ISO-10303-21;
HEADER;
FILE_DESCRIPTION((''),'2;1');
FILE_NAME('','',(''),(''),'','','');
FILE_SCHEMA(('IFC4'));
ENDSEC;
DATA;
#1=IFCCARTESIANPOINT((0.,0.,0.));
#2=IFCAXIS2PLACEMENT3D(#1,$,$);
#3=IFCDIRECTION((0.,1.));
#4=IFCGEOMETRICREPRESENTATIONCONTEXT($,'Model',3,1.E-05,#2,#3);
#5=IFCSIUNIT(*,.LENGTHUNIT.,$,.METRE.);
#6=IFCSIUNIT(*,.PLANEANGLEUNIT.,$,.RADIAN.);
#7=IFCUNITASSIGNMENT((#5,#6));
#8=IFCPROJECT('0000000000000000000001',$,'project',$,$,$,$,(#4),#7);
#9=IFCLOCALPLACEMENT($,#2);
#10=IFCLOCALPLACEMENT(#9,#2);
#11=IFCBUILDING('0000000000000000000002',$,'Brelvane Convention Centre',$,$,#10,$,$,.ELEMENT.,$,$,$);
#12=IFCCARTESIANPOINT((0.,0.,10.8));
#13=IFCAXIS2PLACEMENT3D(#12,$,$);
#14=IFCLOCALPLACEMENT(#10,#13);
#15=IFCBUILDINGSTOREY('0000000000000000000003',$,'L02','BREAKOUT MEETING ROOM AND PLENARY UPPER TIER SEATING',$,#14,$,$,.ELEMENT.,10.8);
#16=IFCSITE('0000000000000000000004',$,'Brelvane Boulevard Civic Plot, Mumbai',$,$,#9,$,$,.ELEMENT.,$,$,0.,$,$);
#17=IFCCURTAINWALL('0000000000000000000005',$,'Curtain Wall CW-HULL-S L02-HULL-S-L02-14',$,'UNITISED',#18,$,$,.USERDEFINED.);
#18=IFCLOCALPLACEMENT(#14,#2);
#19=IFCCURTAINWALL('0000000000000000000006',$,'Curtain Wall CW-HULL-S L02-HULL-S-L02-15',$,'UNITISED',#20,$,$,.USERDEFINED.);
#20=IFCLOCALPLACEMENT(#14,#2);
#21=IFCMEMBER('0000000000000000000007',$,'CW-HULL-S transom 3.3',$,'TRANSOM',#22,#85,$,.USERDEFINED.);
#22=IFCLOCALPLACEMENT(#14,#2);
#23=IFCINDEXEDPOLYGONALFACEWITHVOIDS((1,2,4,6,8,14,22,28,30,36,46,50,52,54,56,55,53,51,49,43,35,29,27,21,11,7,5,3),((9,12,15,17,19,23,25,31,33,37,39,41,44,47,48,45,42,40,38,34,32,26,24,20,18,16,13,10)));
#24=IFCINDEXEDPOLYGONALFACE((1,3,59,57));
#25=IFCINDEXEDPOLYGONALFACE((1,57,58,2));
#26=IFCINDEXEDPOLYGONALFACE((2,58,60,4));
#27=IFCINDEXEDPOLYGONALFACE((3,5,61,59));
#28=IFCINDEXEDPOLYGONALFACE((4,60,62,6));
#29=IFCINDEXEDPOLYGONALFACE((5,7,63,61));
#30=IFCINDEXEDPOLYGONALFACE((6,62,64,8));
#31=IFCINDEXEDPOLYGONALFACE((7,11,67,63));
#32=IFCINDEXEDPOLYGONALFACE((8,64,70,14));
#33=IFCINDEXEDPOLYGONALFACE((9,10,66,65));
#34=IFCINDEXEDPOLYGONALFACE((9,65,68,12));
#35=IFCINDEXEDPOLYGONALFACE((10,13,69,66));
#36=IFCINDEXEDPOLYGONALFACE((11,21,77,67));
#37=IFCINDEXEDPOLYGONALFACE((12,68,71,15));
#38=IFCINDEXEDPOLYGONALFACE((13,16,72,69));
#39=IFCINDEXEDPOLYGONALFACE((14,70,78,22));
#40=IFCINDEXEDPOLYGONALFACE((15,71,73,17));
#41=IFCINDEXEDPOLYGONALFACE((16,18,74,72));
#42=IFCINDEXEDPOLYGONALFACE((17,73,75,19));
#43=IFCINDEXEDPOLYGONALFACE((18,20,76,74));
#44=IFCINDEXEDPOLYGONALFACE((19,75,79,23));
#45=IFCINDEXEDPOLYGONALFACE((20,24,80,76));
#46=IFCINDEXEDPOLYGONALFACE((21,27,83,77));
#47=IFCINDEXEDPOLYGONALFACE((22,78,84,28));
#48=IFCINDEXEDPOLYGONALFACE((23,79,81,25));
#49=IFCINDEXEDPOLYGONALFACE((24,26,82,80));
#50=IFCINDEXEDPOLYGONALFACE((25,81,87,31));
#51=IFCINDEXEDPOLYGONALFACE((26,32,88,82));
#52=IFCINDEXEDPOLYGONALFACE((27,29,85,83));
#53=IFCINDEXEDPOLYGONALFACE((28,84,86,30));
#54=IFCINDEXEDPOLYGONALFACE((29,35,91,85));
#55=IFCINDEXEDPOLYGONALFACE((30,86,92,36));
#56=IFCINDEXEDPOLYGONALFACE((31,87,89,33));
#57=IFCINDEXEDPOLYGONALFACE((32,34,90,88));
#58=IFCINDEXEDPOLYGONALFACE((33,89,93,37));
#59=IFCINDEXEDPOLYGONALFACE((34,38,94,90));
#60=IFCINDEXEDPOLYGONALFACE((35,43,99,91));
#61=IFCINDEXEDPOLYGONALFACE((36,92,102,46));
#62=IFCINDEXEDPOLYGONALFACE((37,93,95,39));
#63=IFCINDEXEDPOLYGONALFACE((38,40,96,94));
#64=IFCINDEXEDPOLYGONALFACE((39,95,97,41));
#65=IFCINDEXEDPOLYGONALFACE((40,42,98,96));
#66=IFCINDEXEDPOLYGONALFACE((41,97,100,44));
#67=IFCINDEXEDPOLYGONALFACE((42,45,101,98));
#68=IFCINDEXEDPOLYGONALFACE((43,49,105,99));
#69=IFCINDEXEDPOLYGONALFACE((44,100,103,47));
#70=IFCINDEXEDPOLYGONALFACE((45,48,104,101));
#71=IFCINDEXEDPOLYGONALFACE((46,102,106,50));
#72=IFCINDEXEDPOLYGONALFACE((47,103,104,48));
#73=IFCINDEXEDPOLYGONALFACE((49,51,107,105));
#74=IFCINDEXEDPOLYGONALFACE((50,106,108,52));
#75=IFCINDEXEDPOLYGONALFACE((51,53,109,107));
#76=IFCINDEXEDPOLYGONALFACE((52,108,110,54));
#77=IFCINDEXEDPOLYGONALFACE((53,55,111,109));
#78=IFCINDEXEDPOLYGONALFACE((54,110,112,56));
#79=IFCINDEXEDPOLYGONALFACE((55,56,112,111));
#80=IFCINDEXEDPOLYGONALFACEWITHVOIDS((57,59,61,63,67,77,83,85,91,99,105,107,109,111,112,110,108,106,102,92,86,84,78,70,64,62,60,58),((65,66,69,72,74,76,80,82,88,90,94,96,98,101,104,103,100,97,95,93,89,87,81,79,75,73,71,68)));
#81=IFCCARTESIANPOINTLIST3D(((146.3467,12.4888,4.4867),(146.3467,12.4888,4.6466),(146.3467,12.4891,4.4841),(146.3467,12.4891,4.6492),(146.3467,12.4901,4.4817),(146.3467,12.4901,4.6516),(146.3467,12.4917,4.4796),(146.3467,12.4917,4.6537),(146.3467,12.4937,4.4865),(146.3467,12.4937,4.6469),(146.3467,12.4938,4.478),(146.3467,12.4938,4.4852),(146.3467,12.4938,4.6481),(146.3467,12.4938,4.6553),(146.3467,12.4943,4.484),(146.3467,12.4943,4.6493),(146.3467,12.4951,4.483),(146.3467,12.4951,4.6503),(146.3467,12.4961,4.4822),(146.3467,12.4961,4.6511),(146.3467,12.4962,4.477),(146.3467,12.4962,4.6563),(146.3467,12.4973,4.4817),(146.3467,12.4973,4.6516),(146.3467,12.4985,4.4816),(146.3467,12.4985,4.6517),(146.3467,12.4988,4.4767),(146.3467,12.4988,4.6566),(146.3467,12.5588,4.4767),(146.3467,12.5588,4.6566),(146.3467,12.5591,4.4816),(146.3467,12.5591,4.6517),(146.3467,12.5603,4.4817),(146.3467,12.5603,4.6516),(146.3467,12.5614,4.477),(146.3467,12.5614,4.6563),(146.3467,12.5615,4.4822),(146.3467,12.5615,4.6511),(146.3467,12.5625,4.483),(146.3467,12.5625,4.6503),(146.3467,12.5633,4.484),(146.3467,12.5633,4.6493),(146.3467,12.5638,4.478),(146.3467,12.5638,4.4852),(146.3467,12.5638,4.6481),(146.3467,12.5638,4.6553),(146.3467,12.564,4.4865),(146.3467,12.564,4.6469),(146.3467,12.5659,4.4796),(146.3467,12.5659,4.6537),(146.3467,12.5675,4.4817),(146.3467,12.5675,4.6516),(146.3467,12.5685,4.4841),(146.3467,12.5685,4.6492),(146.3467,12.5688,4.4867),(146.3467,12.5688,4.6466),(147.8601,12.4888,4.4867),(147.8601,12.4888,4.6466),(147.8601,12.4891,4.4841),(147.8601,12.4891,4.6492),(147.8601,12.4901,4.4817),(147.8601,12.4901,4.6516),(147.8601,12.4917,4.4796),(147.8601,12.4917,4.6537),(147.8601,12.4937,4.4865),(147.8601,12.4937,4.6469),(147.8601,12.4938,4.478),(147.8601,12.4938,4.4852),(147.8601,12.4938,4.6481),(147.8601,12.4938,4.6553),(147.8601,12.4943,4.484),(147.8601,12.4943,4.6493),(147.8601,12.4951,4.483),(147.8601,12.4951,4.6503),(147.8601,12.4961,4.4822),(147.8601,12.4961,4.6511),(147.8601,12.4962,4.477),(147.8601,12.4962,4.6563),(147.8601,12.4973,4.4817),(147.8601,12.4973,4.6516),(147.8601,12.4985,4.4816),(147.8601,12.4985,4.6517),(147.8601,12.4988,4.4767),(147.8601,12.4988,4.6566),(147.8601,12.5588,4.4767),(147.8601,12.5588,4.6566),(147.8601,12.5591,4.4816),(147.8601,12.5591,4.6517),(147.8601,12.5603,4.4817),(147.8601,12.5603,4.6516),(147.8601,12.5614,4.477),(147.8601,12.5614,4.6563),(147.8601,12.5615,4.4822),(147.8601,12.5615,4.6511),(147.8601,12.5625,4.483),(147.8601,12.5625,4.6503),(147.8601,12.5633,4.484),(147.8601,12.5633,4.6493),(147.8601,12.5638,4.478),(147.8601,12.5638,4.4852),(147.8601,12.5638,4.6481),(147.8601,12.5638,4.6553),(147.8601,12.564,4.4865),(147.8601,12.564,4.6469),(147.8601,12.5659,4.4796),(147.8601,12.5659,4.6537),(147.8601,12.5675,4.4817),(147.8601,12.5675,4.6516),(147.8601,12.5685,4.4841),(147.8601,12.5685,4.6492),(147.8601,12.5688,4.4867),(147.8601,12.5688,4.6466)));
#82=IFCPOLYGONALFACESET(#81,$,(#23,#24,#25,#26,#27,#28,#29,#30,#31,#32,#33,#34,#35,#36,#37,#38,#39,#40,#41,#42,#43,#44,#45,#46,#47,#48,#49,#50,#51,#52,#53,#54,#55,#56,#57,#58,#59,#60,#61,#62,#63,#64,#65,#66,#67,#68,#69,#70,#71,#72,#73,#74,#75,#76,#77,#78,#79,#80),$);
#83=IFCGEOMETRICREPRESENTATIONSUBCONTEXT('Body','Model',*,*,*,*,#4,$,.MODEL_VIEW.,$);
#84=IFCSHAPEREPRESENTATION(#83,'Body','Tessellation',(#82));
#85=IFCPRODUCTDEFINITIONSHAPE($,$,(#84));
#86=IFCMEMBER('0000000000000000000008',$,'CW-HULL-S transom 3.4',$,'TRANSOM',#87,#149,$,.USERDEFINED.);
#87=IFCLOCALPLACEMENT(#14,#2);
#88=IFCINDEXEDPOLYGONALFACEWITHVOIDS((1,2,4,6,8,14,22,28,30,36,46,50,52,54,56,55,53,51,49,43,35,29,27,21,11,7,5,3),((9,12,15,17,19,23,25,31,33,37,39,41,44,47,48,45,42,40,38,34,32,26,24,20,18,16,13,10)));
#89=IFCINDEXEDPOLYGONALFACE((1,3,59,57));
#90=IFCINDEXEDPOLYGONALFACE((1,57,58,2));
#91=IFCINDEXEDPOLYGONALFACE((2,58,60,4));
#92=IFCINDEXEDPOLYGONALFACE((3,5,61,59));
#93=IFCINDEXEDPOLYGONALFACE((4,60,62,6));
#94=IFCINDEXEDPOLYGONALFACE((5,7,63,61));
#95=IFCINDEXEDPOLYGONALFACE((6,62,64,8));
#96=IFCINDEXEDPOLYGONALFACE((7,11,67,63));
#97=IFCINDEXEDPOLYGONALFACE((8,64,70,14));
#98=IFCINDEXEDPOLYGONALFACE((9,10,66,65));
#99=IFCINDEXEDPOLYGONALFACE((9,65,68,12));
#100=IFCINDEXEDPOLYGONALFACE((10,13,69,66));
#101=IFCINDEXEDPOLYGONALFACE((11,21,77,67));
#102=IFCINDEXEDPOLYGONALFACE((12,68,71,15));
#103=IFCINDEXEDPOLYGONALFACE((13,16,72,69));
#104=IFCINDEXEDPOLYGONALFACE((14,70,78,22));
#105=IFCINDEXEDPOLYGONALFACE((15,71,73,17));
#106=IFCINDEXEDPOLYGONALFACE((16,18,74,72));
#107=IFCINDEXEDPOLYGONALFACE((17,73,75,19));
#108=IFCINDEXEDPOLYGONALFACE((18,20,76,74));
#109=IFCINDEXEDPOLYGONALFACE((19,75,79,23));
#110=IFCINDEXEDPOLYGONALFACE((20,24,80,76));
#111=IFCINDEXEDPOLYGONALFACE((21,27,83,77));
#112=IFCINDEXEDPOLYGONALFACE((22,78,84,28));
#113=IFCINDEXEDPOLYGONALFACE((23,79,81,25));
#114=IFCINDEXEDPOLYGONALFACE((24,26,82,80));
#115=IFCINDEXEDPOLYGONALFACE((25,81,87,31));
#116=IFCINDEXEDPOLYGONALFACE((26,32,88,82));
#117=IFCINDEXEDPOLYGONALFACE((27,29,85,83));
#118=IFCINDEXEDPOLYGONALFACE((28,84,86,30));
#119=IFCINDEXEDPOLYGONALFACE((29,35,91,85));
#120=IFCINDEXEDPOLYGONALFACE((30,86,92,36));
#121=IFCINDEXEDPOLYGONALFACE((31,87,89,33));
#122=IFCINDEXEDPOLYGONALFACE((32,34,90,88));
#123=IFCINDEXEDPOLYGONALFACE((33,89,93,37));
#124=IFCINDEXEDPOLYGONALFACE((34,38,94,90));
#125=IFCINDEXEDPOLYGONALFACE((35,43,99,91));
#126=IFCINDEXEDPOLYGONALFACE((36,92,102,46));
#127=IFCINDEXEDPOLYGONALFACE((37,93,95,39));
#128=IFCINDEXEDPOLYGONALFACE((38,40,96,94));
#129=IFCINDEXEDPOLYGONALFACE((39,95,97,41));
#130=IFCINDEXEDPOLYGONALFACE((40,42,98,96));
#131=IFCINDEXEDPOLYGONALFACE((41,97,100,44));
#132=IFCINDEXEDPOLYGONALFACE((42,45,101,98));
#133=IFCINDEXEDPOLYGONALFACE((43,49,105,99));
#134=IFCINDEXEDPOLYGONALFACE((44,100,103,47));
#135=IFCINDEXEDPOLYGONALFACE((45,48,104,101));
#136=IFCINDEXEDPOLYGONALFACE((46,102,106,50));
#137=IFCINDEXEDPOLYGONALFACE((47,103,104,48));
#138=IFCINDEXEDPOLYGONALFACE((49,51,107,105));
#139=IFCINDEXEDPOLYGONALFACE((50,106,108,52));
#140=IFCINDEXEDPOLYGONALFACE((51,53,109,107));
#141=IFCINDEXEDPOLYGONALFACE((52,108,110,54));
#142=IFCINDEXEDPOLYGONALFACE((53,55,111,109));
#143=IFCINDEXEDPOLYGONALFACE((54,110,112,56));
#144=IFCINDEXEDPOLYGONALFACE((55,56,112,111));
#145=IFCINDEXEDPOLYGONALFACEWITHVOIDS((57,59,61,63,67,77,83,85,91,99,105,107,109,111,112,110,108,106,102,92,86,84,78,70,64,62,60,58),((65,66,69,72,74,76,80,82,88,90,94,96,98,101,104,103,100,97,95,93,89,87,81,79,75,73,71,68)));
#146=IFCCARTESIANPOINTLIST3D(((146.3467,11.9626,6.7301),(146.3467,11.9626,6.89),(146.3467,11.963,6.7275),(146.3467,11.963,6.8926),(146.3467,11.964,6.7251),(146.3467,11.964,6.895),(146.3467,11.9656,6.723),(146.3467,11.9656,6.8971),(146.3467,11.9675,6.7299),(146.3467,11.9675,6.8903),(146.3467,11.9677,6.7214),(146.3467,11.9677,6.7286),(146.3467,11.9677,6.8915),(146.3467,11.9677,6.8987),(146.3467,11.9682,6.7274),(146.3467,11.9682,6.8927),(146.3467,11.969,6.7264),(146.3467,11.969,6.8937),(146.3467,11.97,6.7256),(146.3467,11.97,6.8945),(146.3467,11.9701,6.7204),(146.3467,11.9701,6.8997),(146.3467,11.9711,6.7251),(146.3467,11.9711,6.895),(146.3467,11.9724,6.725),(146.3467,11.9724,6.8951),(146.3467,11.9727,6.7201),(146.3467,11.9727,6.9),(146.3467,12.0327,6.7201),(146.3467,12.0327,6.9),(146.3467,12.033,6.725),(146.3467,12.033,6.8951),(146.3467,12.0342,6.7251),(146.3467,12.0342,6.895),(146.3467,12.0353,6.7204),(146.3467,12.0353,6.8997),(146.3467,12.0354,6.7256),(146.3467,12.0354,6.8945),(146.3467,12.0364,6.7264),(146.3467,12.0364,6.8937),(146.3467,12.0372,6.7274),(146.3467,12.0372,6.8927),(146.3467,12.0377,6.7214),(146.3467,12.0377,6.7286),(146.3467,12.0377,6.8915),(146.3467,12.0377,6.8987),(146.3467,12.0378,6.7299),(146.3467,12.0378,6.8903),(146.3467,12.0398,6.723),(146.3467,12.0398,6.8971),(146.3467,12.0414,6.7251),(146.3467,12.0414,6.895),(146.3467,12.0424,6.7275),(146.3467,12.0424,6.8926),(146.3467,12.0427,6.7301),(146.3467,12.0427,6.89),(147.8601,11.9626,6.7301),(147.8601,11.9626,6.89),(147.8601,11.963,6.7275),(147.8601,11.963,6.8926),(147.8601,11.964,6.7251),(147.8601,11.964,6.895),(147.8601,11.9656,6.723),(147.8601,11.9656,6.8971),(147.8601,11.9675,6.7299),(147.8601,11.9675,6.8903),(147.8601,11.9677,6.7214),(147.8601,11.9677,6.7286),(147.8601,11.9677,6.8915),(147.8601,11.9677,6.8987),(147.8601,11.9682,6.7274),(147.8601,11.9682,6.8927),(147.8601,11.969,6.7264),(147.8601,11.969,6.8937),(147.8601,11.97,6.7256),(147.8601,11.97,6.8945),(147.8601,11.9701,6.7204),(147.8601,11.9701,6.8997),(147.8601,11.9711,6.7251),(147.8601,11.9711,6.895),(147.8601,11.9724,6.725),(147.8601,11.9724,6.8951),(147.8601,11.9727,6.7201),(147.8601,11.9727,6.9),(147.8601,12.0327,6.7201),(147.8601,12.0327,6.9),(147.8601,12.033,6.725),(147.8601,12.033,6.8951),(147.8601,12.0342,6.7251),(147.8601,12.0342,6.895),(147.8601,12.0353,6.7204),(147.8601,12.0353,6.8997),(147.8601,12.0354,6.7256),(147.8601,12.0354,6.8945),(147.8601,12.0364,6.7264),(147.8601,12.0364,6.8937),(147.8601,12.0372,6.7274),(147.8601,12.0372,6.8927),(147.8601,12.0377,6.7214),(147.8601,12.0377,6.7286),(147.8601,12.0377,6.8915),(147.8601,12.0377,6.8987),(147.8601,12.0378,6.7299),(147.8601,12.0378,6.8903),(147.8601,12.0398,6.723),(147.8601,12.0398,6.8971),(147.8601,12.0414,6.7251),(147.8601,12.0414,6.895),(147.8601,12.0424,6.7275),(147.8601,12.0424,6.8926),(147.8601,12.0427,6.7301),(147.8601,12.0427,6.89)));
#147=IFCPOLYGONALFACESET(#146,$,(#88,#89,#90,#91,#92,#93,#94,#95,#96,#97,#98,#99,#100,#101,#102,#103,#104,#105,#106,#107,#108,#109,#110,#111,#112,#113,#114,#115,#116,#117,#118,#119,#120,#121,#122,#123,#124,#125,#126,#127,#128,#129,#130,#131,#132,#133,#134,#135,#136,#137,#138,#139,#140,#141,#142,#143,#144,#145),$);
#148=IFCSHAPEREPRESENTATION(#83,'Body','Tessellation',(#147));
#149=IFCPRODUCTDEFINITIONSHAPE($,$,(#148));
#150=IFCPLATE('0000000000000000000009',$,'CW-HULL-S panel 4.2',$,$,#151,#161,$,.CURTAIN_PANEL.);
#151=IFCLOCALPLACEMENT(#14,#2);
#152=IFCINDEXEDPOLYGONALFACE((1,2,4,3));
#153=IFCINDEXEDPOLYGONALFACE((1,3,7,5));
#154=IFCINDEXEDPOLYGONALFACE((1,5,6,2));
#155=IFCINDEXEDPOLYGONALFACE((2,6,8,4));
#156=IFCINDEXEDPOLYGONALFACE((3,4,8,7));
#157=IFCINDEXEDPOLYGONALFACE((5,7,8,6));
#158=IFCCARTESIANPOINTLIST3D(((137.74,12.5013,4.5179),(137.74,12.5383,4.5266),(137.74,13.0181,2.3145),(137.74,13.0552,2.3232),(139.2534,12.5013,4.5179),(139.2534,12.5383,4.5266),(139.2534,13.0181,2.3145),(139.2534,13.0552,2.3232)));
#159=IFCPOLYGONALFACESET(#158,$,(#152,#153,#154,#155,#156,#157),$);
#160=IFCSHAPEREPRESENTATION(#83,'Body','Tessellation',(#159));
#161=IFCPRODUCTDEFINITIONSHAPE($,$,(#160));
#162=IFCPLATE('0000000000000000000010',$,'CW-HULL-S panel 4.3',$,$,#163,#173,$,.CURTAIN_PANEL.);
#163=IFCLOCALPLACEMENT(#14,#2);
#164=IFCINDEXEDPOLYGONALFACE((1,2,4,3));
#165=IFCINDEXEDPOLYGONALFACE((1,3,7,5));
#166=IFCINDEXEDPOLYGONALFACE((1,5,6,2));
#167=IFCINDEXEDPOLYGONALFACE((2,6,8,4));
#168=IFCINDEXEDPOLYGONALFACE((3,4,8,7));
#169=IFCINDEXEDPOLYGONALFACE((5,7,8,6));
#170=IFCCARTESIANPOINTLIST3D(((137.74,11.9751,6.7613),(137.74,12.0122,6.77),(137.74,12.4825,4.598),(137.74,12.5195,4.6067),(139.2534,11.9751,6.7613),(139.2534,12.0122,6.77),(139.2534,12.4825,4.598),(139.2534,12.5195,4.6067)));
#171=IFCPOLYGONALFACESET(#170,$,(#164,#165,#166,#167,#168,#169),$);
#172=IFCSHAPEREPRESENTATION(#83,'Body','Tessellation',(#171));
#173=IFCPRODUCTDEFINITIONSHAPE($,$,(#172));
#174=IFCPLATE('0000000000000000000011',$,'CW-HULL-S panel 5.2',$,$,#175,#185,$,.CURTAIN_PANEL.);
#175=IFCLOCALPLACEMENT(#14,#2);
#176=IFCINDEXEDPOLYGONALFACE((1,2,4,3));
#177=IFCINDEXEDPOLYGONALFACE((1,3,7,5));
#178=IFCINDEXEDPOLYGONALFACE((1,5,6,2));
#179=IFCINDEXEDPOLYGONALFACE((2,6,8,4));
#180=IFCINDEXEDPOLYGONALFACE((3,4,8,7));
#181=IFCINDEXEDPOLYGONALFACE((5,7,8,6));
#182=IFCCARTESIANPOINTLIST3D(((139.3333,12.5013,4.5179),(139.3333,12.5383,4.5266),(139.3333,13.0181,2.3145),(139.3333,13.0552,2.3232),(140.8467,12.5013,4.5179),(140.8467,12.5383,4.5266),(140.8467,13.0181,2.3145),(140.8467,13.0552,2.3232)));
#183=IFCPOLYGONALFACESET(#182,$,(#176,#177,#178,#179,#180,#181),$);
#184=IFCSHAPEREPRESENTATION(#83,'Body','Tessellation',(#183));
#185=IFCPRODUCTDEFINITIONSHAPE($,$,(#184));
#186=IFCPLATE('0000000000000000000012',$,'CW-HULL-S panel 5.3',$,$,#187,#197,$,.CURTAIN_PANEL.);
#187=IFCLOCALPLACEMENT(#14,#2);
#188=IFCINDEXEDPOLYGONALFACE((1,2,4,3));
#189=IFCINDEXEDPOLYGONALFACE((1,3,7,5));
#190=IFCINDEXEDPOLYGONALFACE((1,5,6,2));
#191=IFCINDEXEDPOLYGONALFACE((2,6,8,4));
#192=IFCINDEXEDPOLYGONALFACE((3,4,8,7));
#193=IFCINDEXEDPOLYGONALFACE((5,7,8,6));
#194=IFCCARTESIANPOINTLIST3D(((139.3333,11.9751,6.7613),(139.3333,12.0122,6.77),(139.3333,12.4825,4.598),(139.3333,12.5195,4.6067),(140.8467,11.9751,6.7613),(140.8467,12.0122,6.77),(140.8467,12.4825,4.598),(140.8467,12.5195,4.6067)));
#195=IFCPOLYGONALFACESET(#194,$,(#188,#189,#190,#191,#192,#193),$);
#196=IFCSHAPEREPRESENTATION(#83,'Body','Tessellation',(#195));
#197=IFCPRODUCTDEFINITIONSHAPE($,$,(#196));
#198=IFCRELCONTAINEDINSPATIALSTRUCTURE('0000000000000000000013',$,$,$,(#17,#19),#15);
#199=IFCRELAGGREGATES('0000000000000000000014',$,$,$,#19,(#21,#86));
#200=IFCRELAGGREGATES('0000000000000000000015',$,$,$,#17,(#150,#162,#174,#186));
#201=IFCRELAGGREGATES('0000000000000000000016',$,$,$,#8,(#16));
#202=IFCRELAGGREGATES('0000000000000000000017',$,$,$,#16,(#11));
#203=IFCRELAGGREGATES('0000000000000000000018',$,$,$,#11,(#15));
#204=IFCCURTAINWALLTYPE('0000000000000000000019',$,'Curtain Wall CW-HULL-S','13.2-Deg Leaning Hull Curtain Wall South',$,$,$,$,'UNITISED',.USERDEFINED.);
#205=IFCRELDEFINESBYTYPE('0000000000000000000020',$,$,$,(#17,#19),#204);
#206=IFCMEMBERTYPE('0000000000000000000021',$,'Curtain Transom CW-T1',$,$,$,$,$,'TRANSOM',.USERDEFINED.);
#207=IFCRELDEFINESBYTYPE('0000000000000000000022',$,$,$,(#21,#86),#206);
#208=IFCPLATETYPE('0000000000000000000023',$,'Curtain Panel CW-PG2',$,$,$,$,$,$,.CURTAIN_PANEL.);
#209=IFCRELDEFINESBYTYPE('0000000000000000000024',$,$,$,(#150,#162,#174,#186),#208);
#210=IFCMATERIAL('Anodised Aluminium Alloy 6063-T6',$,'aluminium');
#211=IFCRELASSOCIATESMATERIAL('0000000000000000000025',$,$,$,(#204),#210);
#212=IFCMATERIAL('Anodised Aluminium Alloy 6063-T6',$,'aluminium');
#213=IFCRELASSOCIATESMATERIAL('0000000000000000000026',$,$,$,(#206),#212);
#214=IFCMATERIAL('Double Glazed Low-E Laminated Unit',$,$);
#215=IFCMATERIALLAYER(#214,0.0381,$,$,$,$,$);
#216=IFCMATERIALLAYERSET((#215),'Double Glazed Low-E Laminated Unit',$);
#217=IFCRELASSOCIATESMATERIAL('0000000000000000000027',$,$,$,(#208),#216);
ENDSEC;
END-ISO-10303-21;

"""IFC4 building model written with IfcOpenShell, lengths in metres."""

from ifc_helpers import new_model, si_unit, direction, frame, origin, origin_2d, place, context, subcontext, project, spatial, polyline, hollow_rectangle, outline, extrude, material, layer, layer_set, material_profile, profile_set, type_object, element, aggregate, save


model = new_model("IFC4")

# Units and contexts
model_context = context("Model", 3, precision=1e-05, world=origin(), true_north=direction((0.0, 1.0)))
body_context = subcontext(model_context, "Body", "Model", "MODEL_VIEW")
ifc_project = project(units=[si_unit("LENGTHUNIT", "METRE"), si_unit("PLANEANGLEUNIT", "RADIAN")], contexts=[model_context])

# Site, building, storey
site_placement = place(None, origin())
site = spatial("IfcSite", under=ifc_project, at=site_placement, Name="Brelvane Boulevard Civic Plot, Mumbai", CompositionType="ELEMENT", RefElevation=0.0)
building_placement = place(site_placement, origin())
building = spatial("IfcBuilding", under=site, at=building_placement, Name="Brelvane Convention Centre", CompositionType="ELEMENT")
storey_placement = place(building_placement, frame((0.0, 0.0, 10.8)))
storey = spatial("IfcBuildingStorey", under=building, at=storey_placement, Name="L02", Description="BREAKOUT MEETING ROOM AND PLENARY UPPER TIER SEATING", CompositionType="ELEMENT", Elevation=10.8)

# Curtain walls, members
ifc_material_1 = material(Name="Anodised Aluminium Alloy 6063-T6", Category="aluminium")
curtain_wall_type = type_object("IfcCurtainWallType", Name="Curtain Wall CW-HULL-S", Description="13.2-Deg Leaning Hull Curtain Wall South", ElementType="UNITISED", PredefinedType="USERDEFINED", material=ifc_material_1)
curtain_wall_1_placement = place(storey_placement, origin())
curtain_wall_1 = element("IfcCurtainWall", 1, at=curtain_wall_1_placement, inside=storey, type_object=curtain_wall_type, Name="Curtain Wall CW-HULL-S L02-HULL-S-L02-14", ObjectType="UNITISED", PredefinedType="USERDEFINED")
ifc_material_2 = material(Name="Anodised Aluminium Alloy 6063-T6", Category="aluminium")
ifc_material_profile = material_profile(ifc_material_2, hollow_rectangle(XDim=0.0801, YDim=0.1799, WallThickness=0.0049, InnerFilletRadius=0.0049, OuterFilletRadius=0.01, at=origin_2d()), Name="ALU-T 180x80x5.0")
ifc_profile_set = profile_set([ifc_material_profile], Name="Anodised Aluminium Alloy 6063-T6")
member_type = type_object("IfcMemberType", Name="Curtain Transom CW-T1", ElementType="TRANSOM", PredefinedType="USERDEFINED", material=ifc_profile_set)
curtain_wall_2_placement = place(storey_placement, origin())
curtain_wall_2 = element("IfcCurtainWall", 2, at=curtain_wall_2_placement, inside=storey, type_object=curtain_wall_type, Name="Curtain Wall CW-HULL-S L02-HULL-S-L02-15", ObjectType="UNITISED", PredefinedType="USERDEFINED")
member_1_placement = place(storey_placement, frame((146.3467, 12.5288, 4.5667), z_axis=(1.0, 0.0, 0.0), x_axis=(0.0, 1.0, 0.0)))
member_1 = element("IfcMember", 3, at=member_1_placement, type_object=member_type, Name="CW-HULL-S transom 3.3", ObjectType="TRANSOM", PredefinedType="USERDEFINED", context=body_context, shape_type="SweptSolid", body=[
    extrude(hollow_rectangle(XDim=0.0801, YDim=0.1799, WallThickness=0.0049, InnerFilletRadius=0.0049, OuterFilletRadius=0.01, at=origin_2d()), origin(), (0.0, 0.0, 1.0), 1.5134),
])
member_2_placement = place(storey_placement, frame((146.3467, 12.0027, 6.8101), z_axis=(1.0, 0.0, 0.0), x_axis=(0.0, 1.0, 0.0)))
member_2 = element("IfcMember", 4, at=member_2_placement, type_object=member_type, Name="CW-HULL-S transom 3.4", ObjectType="TRANSOM", PredefinedType="USERDEFINED", context=body_context, shape_type="SweptSolid", body=[
    extrude(hollow_rectangle(XDim=0.0801, YDim=0.1799, WallThickness=0.0049, InnerFilletRadius=0.0049, OuterFilletRadius=0.01, at=origin_2d()), origin(), (0.0, 0.0, 1.0), 1.5134),
])

# Plates
ifc_material_3 = material(Name="Double Glazed Low-E Laminated Unit")
ifc_layer_1 = layer(ifc_material_3, 0.0381)
ifc_layer_set_1 = layer_set([ifc_layer_1], Name="Double Glazed Low-E Laminated Unit")
plate_type_1 = type_object("IfcPlateType", Name="Curtain Panel CW-PG2", PredefinedType="CURTAIN_PANEL", material=ifc_layer_set_1)
plate_1_placement = place(storey_placement, frame((137.74, 13.0552, 2.3232), z_axis=(0.0, 0.973574, 0.228372), x_axis=(1.0, 0.0, 0.0)))
plate_1 = element("IfcPlate", 5, at=plate_1_placement, type_object=plate_type_1, Name="CW-HULL-S panel 4.2", PredefinedType="CURTAIN_PANEL", context=body_context, shape_type="SweptSolid", body=[
    extrude(outline(polyline([(0.0, 0.0), (1.5134, 0.0), (1.5134, -2.2632), (0.0, -2.2632), (0.0, 0.0)])), origin(), (0.0, 0.0, -1.0), 0.0381),
])
plate_2_placement = place(storey_placement, frame((137.74, 12.5195, 4.6067), z_axis=(0.0, 0.973587, 0.228317), x_axis=(1.0, 0.0, 0.0)))
plate_2 = element("IfcPlate", 6, at=plate_2_placement, type_object=plate_type_1, Name="CW-HULL-S panel 4.3", PredefinedType="CURTAIN_PANEL", context=body_context, shape_type="SweptSolid", body=[
    extrude(outline(polyline([(0.0, 0.0), (1.5134, 0.0), (1.5134, -2.222), (0.0, -2.222), (0.0, 0.0)])), origin(), (0.0, 0.0, -1.0), 0.0381),
])
plate_3_placement = place(storey_placement, frame((139.3333, 13.0552, 2.3232), z_axis=(0.0, 0.973574, 0.228372), x_axis=(1.0, 0.0, 0.0)))
plate_3 = element("IfcPlate", 7, at=plate_3_placement, type_object=plate_type_1, Name="CW-HULL-S panel 5.2", PredefinedType="CURTAIN_PANEL", context=body_context, shape_type="SweptSolid", body=[
    extrude(outline(polyline([(0.0, 0.0), (1.5134, 0.0), (1.5134, -2.2632), (0.0, -2.2632), (0.0, 0.0)])), origin(), (0.0, 0.0, -1.0), 0.0381),
])
plate_4_placement = place(storey_placement, frame((139.3333, 12.5195, 4.6067), z_axis=(0.0, 0.973587, 0.228317), x_axis=(1.0, 0.0, 0.0)))
plate_4 = element("IfcPlate", 8, at=plate_4_placement, type_object=plate_type_1, Name="CW-HULL-S panel 5.3", PredefinedType="CURTAIN_PANEL", context=body_context, shape_type="SweptSolid", body=[
    extrude(outline(polyline([(0.0, 0.0), (1.5134, 0.0), (1.5134, -2.222), (0.0, -2.222), (0.0, 0.0)])), origin(), (0.0, 0.0, -1.0), 0.0381),
])
aggregate(curtain_wall_2, [member_1, member_2])
aggregate(curtain_wall_1, [plate_1, plate_2, plate_3, plate_4])

save(model, "model.ifc")
